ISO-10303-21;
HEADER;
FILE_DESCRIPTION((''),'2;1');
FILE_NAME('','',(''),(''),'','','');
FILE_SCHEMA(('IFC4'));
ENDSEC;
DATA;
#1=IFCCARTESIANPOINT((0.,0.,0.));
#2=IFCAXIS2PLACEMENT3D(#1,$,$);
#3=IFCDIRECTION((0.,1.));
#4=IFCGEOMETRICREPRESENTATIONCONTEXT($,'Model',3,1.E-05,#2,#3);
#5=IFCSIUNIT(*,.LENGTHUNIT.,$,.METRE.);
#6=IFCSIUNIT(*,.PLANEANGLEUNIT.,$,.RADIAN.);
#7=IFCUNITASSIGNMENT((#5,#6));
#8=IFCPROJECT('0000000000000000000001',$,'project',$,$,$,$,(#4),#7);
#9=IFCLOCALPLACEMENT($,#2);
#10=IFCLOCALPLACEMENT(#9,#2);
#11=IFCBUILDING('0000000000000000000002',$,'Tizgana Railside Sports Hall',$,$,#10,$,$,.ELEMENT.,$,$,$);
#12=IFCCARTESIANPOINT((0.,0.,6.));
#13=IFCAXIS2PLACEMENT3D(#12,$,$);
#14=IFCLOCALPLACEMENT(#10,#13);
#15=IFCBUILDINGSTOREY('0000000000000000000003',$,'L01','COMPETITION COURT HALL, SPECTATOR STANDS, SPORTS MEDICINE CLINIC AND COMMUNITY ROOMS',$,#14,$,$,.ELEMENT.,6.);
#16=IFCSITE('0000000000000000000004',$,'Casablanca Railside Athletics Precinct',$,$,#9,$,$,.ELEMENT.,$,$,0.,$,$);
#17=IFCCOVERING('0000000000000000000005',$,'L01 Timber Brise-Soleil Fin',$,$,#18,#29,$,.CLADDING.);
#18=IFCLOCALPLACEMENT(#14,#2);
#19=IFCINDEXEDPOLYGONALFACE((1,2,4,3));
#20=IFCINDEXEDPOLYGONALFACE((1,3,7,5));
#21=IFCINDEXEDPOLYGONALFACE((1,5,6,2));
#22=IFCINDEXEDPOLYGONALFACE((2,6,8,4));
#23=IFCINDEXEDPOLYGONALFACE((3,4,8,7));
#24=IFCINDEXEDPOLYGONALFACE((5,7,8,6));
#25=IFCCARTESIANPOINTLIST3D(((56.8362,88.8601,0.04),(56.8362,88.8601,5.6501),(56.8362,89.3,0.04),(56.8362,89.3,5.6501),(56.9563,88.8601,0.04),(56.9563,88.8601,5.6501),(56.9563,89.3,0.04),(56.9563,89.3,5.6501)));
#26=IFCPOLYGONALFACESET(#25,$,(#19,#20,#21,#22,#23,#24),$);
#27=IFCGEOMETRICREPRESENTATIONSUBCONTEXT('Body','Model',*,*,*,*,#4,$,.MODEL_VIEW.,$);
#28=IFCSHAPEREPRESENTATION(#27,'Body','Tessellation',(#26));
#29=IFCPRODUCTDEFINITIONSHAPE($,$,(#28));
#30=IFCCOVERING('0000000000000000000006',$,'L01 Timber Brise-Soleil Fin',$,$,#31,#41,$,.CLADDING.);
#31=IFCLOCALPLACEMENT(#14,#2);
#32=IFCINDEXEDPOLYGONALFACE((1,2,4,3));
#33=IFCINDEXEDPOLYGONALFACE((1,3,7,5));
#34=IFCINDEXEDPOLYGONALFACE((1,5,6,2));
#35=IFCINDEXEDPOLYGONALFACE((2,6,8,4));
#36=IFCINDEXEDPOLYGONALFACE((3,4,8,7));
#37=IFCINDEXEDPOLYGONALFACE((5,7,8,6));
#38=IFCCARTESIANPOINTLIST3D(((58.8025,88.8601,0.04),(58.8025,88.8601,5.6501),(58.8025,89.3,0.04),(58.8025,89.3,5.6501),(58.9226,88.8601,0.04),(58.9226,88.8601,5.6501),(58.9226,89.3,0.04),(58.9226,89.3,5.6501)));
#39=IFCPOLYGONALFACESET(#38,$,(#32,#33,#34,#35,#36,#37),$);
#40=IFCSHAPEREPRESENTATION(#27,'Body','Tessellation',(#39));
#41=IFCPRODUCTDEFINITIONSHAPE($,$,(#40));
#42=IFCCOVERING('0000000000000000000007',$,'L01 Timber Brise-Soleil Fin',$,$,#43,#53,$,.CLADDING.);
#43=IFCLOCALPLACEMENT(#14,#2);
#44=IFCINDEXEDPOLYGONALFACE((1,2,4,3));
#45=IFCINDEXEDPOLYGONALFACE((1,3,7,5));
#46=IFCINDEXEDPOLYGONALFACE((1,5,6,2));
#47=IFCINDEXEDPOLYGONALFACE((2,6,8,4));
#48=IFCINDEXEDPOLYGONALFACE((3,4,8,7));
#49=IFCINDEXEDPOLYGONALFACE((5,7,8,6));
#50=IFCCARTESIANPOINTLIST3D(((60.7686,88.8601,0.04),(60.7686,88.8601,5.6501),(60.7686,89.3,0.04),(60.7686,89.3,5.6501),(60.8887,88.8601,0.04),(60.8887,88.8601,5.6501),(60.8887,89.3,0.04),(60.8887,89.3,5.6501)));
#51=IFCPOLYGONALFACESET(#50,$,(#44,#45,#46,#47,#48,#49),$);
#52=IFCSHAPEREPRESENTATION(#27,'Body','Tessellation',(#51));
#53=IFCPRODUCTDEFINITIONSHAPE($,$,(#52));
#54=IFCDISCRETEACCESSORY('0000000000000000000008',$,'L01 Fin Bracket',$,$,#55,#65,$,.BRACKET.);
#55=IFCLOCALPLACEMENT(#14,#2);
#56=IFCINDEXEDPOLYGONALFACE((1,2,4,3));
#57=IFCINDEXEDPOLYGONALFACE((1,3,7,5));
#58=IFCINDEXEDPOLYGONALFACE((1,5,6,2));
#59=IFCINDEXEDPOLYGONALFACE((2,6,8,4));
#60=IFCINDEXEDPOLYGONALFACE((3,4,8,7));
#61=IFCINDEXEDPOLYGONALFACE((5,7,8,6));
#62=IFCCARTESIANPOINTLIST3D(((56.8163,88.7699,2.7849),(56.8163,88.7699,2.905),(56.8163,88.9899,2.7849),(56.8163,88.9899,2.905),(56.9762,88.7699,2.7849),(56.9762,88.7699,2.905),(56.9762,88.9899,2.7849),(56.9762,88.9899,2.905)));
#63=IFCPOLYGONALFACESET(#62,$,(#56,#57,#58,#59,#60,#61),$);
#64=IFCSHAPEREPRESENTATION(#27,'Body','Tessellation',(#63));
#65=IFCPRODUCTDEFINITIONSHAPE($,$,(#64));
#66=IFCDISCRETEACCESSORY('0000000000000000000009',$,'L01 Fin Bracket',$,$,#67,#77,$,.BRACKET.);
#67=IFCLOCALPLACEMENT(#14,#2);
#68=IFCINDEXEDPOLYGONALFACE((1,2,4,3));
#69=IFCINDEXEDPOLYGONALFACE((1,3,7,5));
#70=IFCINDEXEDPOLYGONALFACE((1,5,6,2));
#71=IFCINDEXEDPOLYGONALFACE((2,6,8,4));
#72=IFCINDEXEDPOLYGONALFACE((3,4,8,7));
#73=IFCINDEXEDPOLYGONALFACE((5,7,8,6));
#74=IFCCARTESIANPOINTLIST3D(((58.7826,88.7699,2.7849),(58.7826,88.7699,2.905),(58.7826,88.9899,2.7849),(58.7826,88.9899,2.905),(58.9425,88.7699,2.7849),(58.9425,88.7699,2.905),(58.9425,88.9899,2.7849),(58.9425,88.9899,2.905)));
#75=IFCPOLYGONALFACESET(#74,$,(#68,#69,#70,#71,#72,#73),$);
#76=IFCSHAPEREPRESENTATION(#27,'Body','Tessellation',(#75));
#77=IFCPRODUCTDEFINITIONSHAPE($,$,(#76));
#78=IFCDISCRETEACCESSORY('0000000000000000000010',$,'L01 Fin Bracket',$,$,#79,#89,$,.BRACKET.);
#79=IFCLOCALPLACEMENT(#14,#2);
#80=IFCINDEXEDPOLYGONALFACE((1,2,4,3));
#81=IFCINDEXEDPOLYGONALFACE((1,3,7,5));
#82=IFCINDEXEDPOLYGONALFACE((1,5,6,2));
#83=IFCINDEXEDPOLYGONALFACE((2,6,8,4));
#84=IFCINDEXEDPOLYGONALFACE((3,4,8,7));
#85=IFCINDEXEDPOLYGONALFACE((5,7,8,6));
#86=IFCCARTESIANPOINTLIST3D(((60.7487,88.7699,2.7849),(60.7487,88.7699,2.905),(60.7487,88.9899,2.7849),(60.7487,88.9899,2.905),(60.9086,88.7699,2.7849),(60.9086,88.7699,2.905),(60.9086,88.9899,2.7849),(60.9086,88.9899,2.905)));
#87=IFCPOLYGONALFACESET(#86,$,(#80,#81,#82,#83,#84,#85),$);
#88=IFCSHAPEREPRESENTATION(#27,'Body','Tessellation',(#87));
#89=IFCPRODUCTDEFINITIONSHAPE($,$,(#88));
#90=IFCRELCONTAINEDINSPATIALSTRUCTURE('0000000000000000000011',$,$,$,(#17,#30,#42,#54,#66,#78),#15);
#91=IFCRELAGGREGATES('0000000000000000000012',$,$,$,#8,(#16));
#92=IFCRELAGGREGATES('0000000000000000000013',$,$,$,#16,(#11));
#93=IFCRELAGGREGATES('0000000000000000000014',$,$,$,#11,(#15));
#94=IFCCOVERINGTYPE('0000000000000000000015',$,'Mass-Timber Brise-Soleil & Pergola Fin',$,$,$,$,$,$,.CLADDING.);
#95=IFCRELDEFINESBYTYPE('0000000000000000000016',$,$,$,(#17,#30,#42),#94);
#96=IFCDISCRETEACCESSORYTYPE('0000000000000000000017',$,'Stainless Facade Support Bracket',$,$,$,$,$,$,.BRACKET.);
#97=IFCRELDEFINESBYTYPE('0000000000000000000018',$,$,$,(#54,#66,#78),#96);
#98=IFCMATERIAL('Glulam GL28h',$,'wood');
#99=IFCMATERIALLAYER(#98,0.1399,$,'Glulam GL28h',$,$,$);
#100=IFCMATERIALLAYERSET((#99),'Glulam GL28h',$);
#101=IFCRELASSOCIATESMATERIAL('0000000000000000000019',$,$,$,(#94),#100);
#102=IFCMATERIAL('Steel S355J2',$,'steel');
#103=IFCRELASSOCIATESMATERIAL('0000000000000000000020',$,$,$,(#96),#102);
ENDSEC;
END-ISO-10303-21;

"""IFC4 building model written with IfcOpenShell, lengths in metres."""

from ifc_helpers import new_model, si_unit, direction, frame, origin, origin_2d, place, context, subcontext, project, spatial, rectangle, extrude, material, layer, layer_set, type_object, element, save


model = new_model("IFC4")

# Units and contexts
model_context = context("Model", 3, precision=1e-05, world=origin(), true_north=direction((0.0, 1.0)))
body_context = subcontext(model_context, "Body", "Model", "MODEL_VIEW")
ifc_project = project(units=[si_unit("LENGTHUNIT", "METRE"), si_unit("PLANEANGLEUNIT", "RADIAN")], contexts=[model_context])

# Site, building, storey
site_placement = place(None, origin())
site = spatial("IfcSite", under=ifc_project, at=site_placement, Name="Casablanca Railside Athletics Precinct", CompositionType="ELEMENT", RefElevation=0.0)
building_placement = place(site_placement, origin())
building = spatial("IfcBuilding", under=site, at=building_placement, Name="Tizgana Railside Sports Hall", CompositionType="ELEMENT")
storey_placement = place(building_placement, frame((0.0, 0.0, 6.0)))
storey = spatial("IfcBuildingStorey", under=building, at=storey_placement, Name="L01", Description="COMPETITION COURT HALL, SPECTATOR STANDS, SPORTS MEDICINE CLINIC AND COMMUNITY ROOMS", CompositionType="ELEMENT", Elevation=6.0)

# Coverings
ifc_material_1 = material(Name="Glulam GL28h", Category="wood")
ifc_layer_1 = layer(ifc_material_1, 0.1399, Name="Glulam GL28h")
ifc_layer_set_1 = layer_set([ifc_layer_1], Name="Glulam GL28h")
covering_type = type_object("IfcCoveringType", Name="Mass-Timber Brise-Soleil & Pergola Fin", PredefinedType="CLADDING", material=ifc_layer_set_1)
for number, where, z_axis, x_axis, name in (
    (1, (56.8962, 89.0801, 0.04), (0.0, 0.0, 1.0), (1.0, 0.0, 0.0), "L01 Timber Brise-Soleil Fin"),
    (2, (58.8625, 89.0801, 0.04), (0.0, 0.0, 1.0), (1.0, 0.0, 0.0), "L01 Timber Brise-Soleil Fin"),
    (3, (60.8286, 89.0801, 0.04), (0.0, 0.0, 1.0), (1.0, 0.0, 0.0), "L01 Timber Brise-Soleil Fin"),
):
    element("IfcCovering", number, at=place(storey_placement, frame(where, z_axis=z_axis, x_axis=x_axis)), inside=storey, type_object=covering_type, Name=name, PredefinedType="CLADDING", context=body_context, shape_type="SweptSolid", body=[
        extrude(rectangle(XDim=0.1201, YDim=0.4399, at=origin_2d()), origin(), (0.0, 0.0, 1.0), 5.6101),
    ])

# Discrete accessories
ifc_material_2 = material(Name="Steel S355J2", Category="steel")
discrete_accessory_type = type_object("IfcDiscreteAccessoryType", Name="Stainless Facade Support Bracket", PredefinedType="BRACKET", material=ifc_material_2)
for number, where, z_axis, x_axis, name in (
    (4, (56.8962, 88.8799, 2.7849), (0.0, 0.0, 1.0), (1.0, 0.0, 0.0), "L01 Fin Bracket"),
    (5, (58.8625, 88.8799, 2.7849), (0.0, 0.0, 1.0), (1.0, 0.0, 0.0), "L01 Fin Bracket"),
    (6, (60.8286, 88.8799, 2.7849), (0.0, 0.0, 1.0), (1.0, 0.0, 0.0), "L01 Fin Bracket"),
):
    element("IfcDiscreteAccessory", number, at=place(storey_placement, frame(where, z_axis=z_axis, x_axis=x_axis)), inside=storey, type_object=discrete_accessory_type, Name=name, PredefinedType="BRACKET", context=body_context, shape_type="SweptSolid", body=[
        extrude(rectangle(XDim=0.1599, YDim=0.22, at=origin_2d()), origin(), (0.0, 0.0, 1.0), 0.1201),
    ])

save(model, "model.ifc")
